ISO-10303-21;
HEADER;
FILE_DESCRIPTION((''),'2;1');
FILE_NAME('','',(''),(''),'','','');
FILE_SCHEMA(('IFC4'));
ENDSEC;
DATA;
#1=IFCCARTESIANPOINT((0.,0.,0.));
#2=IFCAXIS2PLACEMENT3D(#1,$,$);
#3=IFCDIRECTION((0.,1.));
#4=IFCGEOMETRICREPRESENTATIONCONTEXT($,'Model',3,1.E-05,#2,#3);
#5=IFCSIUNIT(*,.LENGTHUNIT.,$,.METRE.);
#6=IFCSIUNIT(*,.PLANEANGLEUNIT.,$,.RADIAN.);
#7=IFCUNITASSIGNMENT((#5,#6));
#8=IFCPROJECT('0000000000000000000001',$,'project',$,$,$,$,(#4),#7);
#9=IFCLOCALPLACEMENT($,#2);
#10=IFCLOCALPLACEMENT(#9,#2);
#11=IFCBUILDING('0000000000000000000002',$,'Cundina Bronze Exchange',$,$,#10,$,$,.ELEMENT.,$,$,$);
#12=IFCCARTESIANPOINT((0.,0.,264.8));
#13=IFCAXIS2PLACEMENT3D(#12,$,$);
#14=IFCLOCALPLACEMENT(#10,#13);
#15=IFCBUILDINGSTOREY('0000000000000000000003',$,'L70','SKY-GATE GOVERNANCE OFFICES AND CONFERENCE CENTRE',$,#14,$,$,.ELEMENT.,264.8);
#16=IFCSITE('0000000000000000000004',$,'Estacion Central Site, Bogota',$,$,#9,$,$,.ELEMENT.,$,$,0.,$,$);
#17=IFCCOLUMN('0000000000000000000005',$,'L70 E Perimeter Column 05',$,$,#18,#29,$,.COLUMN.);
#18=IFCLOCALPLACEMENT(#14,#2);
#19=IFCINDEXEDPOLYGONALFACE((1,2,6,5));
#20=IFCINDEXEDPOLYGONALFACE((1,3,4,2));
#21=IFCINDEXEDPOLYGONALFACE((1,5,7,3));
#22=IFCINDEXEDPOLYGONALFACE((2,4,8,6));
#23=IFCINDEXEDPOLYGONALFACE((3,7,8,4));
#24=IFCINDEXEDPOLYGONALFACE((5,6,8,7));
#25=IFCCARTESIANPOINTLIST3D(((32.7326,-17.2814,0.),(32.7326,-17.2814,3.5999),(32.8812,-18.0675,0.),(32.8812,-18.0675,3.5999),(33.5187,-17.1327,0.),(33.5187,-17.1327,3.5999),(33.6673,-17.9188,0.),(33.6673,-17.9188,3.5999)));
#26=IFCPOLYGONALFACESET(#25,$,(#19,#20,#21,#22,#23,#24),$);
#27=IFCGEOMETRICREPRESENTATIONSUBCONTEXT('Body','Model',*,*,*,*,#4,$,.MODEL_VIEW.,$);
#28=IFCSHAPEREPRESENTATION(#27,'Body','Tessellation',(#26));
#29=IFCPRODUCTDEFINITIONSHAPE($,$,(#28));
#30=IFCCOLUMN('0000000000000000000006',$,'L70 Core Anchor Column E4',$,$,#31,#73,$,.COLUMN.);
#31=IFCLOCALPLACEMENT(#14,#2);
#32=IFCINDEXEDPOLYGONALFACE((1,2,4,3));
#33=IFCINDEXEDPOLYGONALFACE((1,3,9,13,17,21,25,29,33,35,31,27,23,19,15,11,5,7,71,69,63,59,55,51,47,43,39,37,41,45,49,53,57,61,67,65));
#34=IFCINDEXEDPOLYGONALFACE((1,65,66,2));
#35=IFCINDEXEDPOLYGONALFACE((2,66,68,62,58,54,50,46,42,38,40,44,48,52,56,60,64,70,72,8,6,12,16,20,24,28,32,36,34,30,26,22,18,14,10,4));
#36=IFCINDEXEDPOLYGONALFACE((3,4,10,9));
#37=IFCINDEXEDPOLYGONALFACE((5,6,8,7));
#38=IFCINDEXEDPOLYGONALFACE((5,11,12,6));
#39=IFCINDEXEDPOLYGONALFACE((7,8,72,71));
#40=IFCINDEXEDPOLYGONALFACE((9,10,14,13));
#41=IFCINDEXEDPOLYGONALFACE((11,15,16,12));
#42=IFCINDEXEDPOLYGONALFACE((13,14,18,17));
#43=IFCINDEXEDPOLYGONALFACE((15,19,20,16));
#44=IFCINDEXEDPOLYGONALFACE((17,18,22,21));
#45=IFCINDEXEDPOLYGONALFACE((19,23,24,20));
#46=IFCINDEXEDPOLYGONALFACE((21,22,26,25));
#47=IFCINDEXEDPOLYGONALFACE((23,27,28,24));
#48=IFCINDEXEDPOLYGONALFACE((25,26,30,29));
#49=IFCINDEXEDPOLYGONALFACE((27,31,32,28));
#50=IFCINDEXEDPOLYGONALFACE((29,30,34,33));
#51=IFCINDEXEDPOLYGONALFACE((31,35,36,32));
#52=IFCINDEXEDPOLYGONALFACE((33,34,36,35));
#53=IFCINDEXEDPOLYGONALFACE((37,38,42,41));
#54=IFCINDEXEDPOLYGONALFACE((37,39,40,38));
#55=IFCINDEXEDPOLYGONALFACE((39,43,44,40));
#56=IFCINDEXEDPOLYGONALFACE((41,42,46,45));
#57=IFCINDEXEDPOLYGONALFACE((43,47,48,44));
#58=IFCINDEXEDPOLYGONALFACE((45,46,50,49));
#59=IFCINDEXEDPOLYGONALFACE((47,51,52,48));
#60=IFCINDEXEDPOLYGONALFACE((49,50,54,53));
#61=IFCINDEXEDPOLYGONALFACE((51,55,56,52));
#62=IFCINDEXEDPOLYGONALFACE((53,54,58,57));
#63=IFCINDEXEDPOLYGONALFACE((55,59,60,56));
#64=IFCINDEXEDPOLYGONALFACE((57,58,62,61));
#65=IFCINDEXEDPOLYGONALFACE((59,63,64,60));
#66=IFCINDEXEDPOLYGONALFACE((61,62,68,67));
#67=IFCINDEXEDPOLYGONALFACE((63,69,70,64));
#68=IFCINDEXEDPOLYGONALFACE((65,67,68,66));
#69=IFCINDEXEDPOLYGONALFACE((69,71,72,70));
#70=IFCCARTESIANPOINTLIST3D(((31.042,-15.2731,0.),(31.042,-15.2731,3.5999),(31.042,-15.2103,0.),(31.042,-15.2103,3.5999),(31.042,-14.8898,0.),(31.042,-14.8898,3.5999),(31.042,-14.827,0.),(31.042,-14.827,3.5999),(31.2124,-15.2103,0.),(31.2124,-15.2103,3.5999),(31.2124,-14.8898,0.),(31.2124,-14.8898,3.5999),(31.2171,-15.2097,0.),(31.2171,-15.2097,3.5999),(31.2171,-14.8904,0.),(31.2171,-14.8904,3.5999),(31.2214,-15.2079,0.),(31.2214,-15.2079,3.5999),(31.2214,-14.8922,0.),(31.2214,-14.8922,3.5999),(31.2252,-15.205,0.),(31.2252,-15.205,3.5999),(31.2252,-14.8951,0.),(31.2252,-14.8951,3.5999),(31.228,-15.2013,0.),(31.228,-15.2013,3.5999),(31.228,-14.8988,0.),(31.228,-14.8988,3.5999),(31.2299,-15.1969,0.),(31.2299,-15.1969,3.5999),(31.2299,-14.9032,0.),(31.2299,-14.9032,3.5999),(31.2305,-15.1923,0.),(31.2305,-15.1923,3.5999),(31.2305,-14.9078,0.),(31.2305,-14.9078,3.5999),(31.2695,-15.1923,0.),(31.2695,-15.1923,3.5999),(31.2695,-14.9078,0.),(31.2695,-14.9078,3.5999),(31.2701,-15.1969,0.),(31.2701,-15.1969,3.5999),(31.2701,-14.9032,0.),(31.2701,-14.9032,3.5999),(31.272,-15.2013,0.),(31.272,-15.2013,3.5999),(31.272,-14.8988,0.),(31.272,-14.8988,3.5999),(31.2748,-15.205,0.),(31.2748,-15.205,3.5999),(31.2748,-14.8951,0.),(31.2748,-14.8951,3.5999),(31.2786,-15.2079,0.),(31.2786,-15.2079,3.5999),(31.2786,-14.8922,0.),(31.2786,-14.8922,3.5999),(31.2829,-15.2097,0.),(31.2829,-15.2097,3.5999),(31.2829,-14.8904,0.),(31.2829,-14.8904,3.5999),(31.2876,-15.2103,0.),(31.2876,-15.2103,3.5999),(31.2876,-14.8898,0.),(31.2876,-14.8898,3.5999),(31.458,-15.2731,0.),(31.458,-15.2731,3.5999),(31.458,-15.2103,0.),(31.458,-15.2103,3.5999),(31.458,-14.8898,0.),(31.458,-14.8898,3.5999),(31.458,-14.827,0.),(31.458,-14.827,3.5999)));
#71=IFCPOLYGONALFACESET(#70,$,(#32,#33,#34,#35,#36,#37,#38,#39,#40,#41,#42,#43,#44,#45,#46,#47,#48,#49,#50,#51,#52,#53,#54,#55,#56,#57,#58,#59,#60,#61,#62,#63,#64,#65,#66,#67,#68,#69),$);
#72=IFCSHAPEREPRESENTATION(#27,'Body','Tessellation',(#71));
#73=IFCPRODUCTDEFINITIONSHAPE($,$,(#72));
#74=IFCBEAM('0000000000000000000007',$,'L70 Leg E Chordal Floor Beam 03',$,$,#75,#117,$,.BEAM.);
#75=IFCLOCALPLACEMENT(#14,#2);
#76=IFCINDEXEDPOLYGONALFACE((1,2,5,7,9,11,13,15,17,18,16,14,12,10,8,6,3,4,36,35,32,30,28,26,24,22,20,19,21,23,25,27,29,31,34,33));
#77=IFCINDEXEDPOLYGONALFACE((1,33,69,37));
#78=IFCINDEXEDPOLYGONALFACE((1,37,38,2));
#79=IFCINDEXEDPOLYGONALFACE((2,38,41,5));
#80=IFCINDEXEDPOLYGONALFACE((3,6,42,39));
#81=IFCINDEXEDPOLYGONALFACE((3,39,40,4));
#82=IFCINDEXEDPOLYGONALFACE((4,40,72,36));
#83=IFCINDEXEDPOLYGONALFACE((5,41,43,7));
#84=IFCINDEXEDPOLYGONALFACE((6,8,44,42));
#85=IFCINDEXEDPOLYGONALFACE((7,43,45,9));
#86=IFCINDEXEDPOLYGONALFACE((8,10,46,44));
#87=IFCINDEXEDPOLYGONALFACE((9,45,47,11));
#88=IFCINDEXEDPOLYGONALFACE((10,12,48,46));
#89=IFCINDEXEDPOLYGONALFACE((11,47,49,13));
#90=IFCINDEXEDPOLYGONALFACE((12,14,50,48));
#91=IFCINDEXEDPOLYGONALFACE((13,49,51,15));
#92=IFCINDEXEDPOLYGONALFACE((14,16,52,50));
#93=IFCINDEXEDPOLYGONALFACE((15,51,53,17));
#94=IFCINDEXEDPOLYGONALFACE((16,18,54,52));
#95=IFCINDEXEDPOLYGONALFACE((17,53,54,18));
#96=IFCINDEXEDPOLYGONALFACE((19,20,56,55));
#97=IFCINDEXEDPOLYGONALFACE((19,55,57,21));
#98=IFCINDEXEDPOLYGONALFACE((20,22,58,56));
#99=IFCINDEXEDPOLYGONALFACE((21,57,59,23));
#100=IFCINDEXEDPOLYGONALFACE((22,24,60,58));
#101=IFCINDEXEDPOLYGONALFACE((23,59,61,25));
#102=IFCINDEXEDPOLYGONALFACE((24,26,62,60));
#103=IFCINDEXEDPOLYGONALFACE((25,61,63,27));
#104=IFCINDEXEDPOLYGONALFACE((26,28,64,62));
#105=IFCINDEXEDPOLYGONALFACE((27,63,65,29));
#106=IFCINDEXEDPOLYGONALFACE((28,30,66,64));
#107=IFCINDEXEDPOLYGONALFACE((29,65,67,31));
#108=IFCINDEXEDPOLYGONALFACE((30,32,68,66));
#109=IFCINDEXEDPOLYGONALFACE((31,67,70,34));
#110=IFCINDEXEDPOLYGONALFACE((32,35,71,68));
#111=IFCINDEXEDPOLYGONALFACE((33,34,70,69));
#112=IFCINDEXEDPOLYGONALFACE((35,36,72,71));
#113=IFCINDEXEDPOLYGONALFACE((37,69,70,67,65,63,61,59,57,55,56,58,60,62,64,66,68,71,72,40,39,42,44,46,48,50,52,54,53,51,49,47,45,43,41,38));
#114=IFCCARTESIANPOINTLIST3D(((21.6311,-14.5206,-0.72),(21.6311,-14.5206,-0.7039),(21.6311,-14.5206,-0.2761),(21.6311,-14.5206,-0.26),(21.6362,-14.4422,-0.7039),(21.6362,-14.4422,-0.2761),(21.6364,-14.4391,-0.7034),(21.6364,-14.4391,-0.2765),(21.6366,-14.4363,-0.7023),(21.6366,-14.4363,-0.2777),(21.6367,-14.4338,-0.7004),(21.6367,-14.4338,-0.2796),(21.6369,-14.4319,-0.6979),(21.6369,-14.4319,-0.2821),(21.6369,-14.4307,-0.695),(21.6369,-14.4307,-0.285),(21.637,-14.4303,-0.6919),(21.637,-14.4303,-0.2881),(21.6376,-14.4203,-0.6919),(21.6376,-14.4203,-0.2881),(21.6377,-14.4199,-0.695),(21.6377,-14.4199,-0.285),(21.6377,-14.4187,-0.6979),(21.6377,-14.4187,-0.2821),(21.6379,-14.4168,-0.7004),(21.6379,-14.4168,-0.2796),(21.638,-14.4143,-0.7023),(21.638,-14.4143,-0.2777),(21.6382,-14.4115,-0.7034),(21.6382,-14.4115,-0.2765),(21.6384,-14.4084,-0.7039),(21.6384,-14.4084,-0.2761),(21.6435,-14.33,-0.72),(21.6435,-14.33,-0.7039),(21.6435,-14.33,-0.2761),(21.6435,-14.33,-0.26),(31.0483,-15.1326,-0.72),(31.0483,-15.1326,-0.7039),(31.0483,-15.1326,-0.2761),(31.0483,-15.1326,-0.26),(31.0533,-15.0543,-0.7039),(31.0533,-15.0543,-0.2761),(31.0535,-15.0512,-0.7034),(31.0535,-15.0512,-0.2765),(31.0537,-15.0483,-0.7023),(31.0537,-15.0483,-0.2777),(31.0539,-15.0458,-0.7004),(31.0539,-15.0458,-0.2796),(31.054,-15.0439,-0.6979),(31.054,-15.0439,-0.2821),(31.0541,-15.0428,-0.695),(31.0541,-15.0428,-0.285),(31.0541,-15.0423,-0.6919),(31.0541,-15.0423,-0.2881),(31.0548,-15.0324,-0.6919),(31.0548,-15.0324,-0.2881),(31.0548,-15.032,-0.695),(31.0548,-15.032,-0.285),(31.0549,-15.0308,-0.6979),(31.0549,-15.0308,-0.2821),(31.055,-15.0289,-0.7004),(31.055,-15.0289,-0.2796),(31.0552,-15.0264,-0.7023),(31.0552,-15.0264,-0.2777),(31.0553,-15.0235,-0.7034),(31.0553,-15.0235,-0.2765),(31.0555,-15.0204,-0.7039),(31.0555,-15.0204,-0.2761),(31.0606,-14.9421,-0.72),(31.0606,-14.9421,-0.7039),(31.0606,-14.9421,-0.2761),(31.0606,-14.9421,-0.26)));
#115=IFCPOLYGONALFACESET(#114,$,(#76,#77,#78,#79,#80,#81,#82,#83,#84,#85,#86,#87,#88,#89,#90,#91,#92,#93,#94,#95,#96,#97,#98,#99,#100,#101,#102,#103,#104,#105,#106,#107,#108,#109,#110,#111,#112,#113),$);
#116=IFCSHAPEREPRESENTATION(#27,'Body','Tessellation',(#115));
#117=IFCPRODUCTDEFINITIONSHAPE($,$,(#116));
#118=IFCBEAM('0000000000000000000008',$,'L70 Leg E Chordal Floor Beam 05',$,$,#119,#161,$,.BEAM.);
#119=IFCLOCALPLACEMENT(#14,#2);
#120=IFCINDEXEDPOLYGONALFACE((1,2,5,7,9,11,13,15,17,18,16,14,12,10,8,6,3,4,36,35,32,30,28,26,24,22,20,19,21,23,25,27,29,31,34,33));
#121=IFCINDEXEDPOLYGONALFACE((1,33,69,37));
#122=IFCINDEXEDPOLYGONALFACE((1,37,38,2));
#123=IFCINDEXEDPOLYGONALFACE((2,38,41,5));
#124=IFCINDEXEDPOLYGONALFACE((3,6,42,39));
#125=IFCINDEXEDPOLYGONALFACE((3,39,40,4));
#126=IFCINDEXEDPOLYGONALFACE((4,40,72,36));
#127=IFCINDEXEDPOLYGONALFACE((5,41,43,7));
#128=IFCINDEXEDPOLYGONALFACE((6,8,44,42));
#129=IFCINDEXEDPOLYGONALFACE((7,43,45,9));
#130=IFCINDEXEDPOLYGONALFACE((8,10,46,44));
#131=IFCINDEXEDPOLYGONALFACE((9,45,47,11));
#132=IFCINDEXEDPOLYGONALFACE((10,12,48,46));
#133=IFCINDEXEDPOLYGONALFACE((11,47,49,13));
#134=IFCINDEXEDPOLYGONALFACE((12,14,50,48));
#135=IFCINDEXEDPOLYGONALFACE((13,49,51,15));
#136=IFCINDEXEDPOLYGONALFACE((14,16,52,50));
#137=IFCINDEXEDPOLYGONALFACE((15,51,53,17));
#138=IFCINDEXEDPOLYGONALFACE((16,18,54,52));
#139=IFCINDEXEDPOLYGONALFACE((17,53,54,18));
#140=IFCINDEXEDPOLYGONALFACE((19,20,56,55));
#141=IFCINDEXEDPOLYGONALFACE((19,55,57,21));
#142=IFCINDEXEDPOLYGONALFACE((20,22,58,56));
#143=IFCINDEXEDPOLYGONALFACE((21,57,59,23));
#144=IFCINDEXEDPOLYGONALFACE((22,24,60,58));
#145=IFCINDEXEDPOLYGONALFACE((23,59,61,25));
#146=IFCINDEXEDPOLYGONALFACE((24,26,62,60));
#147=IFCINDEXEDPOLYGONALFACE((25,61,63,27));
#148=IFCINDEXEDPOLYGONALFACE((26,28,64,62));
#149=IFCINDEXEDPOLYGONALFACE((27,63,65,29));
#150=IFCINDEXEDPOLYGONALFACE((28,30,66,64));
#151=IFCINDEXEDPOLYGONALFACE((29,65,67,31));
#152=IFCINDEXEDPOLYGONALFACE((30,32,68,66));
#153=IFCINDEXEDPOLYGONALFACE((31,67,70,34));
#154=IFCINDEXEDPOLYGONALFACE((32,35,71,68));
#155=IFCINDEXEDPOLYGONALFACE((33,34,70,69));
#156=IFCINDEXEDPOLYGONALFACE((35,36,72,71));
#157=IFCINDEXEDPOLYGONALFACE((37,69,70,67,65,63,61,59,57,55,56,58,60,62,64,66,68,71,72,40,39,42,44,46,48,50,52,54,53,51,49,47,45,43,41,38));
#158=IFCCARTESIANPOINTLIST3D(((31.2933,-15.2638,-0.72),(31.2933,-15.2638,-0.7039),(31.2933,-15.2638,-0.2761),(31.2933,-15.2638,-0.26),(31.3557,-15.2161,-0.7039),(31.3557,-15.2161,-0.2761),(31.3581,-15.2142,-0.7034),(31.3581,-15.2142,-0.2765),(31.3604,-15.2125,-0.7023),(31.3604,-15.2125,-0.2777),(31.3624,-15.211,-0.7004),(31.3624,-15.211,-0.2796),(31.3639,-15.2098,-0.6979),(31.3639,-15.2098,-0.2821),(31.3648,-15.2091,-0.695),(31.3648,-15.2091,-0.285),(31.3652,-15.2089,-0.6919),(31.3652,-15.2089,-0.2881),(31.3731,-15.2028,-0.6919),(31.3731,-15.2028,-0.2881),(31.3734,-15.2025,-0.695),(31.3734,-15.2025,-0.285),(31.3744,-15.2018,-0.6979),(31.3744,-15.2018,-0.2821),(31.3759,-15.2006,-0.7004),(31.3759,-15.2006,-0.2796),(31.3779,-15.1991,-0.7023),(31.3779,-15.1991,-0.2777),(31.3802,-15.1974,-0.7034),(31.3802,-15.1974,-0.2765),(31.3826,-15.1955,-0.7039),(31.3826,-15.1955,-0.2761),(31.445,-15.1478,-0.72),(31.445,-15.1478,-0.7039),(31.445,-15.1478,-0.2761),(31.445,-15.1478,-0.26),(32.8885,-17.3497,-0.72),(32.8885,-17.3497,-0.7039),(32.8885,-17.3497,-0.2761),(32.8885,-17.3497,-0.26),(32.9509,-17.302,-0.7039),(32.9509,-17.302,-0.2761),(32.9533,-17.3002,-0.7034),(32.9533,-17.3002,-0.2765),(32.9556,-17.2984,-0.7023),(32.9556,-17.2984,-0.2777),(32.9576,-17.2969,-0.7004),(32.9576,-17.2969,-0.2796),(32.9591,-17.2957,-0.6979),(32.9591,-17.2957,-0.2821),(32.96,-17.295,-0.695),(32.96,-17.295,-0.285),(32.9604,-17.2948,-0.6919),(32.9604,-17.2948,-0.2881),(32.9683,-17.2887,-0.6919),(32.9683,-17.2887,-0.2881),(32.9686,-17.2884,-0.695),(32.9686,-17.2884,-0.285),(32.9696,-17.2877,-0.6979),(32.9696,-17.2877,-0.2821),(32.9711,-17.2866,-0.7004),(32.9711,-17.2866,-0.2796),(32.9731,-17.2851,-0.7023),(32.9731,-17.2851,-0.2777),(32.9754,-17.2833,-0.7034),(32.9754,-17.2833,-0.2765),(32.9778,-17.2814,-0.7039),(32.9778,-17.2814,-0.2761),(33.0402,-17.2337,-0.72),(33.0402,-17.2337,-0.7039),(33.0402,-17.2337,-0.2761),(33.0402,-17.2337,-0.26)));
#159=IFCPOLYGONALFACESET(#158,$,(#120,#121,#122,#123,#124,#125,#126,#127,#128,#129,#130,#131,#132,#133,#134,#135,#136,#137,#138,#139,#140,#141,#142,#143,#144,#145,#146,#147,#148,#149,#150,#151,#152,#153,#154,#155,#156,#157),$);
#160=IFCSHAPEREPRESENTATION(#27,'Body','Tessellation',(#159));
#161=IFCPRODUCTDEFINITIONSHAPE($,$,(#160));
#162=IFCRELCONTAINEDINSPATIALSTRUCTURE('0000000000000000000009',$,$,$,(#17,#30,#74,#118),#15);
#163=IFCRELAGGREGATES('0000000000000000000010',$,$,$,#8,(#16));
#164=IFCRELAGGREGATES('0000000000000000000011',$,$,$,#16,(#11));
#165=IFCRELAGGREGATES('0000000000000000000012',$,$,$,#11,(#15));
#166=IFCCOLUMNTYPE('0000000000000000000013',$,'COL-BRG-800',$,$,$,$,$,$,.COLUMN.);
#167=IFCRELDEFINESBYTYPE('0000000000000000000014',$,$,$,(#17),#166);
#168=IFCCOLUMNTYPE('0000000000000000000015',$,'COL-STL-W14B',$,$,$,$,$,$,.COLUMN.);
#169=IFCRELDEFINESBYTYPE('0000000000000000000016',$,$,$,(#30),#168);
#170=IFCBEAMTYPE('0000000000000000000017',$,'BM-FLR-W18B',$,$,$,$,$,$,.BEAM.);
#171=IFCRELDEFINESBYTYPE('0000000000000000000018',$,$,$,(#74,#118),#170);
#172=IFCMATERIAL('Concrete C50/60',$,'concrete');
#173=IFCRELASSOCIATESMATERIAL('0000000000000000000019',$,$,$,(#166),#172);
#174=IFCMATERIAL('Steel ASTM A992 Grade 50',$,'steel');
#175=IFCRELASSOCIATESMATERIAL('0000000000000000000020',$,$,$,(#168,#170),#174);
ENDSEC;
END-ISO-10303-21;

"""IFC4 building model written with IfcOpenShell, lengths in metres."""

from ifc_helpers import new_model, si_unit, direction, frame, origin, origin_2d, place, context, subcontext, project, spatial, rectangle, i_section, extrude, material, material_profile, profile_set, type_object, element, save


model = new_model("IFC4")

# Units and contexts
model_context = context("Model", 3, precision=1e-05, world=origin(), true_north=direction((0.0, 1.0)))
body_context = subcontext(model_context, "Body", "Model", "MODEL_VIEW")
ifc_project = project(units=[si_unit("LENGTHUNIT", "METRE"), si_unit("PLANEANGLEUNIT", "RADIAN")], contexts=[model_context])

# Site, building, storey
site_placement = place(None, origin())
site = spatial("IfcSite", under=ifc_project, at=site_placement, Name="Estacion Central Site, Bogota", CompositionType="ELEMENT", RefElevation=0.0)
building_placement = place(site_placement, origin())
building = spatial("IfcBuilding", under=site, at=building_placement, Name="Cundina Bronze Exchange", CompositionType="ELEMENT")
storey_placement = place(building_placement, frame((0.0, 0.0, 264.8)))
storey = spatial("IfcBuildingStorey", under=building, at=storey_placement, Name="L70", Description="SKY-GATE GOVERNANCE OFFICES AND CONFERENCE CENTRE", CompositionType="ELEMENT", Elevation=264.8)

# Columns
ifc_material_1 = material(Name="Concrete C50/60", Category="concrete")
ifc_material_profile_1 = material_profile(ifc_material_1, rectangle(XDim=0.8, YDim=0.8, at=origin_2d()), Name="RC800X800", Category="concrete")
ifc_profile_set_1 = profile_set([ifc_material_profile_1], Name="Concrete C50/60")
column_type_1 = type_object("IfcColumnType", Name="COL-BRG-800", PredefinedType="COLUMN", material=ifc_profile_set_1)
column_1_placement = place(storey_placement, frame((33.2, -17.6001, 0.0), z_axis=(0.0, 0.0, 1.0), x_axis=(0.98258, 0.185838, 0.0)))
element("IfcColumn", 1, at=column_1_placement, inside=storey, type_object=column_type_1, Name="L70 E Perimeter Column 05", PredefinedType="COLUMN", context=body_context, shape_type="SweptSolid", body=[
    extrude(rectangle(XDim=0.8, YDim=0.8, at=origin_2d()), origin(), (0.0, 0.0, 1.0), 3.5999),
])
ifc_material_2 = material(Name="Steel ASTM A992 Grade 50", Category="steel")
ifc_material_profile_2 = material_profile(ifc_material_2, i_section(OverallWidth=0.416, OverallDepth=0.446, WebThickness=0.0391, FlangeThickness=0.0627, FilletRadius=0.0181, at=origin_2d()), Name="W14X342", Category="steel")
ifc_profile_set_2 = profile_set([ifc_material_profile_2], Name="Steel ASTM A992 Grade 50")
column_type_2 = type_object("IfcColumnType", Name="COL-STL-W14B", PredefinedType="COLUMN", material=ifc_profile_set_2)
column_2_placement = place(storey_placement, frame((31.25, -15.05, 0.0), z_axis=(0.0, 0.0, 1.0), x_axis=(1.0, 0.0, 0.0)))
element("IfcColumn", 2, at=column_2_placement, inside=storey, type_object=column_type_2, Name="L70 Core Anchor Column E4", PredefinedType="COLUMN", context=body_context, shape_type="SweptSolid", body=[
    extrude(i_section(OverallWidth=0.416, OverallDepth=0.446, WebThickness=0.0391, FlangeThickness=0.0627, FilletRadius=0.0181, at=origin_2d()), origin(), (0.0, 0.0, 1.0), 3.5999),
])

# Beams
ifc_material_profile_3 = material_profile(ifc_material_2, i_section(OverallWidth=0.1909, OverallDepth=0.46, WebThickness=0.01, FlangeThickness=0.0161, FilletRadius=0.012, at=origin_2d()), Name="W18X55", Category="steel")
ifc_profile_set_3 = profile_set([ifc_material_profile_3], Name="Steel ASTM A992 Grade 50")
beam_type_1 = type_object("IfcBeamType", Name="BM-FLR-W18B", PredefinedType="BEAM", material=ifc_profile_set_3)
beam_1_placement = place(storey_placement, frame((31.0544, -15.0374, -0.49), z_axis=(-0.997895, 0.064857, 0.0), x_axis=(-0.064857, -0.997895, 0.0)))
element("IfcBeam", 3, at=beam_1_placement, inside=storey, type_object=beam_type_1, Name="L70 Leg E Chordal Floor Beam 03", PredefinedType="BEAM", context=body_context, shape_type="SweptSolid", body=[
    extrude(i_section(OverallWidth=0.1909, OverallDepth=0.46, WebThickness=0.01, FlangeThickness=0.0161, FilletRadius=0.012, at=origin_2d()), origin(), (0.0, 0.0, 1.0), 9.437),
])
beam_2_placement = place(storey_placement, frame((31.3691, -15.2058, -0.49), z_axis=(0.607471, -0.794342, 0.0), x_axis=(0.794342, 0.607471, 0.0)))
element("IfcBeam", 4, at=beam_2_placement, inside=storey, type_object=beam_type_1, Name="L70 Leg E Chordal Floor Beam 05", PredefinedType="BEAM", context=body_context, shape_type="SweptSolid", body=[
    extrude(i_section(OverallWidth=0.1909, OverallDepth=0.46, WebThickness=0.01, FlangeThickness=0.0161, FilletRadius=0.012, at=origin_2d()), origin(), (0.0, 0.0, 1.0), 2.626),
])

save(model, "model.ifc")
